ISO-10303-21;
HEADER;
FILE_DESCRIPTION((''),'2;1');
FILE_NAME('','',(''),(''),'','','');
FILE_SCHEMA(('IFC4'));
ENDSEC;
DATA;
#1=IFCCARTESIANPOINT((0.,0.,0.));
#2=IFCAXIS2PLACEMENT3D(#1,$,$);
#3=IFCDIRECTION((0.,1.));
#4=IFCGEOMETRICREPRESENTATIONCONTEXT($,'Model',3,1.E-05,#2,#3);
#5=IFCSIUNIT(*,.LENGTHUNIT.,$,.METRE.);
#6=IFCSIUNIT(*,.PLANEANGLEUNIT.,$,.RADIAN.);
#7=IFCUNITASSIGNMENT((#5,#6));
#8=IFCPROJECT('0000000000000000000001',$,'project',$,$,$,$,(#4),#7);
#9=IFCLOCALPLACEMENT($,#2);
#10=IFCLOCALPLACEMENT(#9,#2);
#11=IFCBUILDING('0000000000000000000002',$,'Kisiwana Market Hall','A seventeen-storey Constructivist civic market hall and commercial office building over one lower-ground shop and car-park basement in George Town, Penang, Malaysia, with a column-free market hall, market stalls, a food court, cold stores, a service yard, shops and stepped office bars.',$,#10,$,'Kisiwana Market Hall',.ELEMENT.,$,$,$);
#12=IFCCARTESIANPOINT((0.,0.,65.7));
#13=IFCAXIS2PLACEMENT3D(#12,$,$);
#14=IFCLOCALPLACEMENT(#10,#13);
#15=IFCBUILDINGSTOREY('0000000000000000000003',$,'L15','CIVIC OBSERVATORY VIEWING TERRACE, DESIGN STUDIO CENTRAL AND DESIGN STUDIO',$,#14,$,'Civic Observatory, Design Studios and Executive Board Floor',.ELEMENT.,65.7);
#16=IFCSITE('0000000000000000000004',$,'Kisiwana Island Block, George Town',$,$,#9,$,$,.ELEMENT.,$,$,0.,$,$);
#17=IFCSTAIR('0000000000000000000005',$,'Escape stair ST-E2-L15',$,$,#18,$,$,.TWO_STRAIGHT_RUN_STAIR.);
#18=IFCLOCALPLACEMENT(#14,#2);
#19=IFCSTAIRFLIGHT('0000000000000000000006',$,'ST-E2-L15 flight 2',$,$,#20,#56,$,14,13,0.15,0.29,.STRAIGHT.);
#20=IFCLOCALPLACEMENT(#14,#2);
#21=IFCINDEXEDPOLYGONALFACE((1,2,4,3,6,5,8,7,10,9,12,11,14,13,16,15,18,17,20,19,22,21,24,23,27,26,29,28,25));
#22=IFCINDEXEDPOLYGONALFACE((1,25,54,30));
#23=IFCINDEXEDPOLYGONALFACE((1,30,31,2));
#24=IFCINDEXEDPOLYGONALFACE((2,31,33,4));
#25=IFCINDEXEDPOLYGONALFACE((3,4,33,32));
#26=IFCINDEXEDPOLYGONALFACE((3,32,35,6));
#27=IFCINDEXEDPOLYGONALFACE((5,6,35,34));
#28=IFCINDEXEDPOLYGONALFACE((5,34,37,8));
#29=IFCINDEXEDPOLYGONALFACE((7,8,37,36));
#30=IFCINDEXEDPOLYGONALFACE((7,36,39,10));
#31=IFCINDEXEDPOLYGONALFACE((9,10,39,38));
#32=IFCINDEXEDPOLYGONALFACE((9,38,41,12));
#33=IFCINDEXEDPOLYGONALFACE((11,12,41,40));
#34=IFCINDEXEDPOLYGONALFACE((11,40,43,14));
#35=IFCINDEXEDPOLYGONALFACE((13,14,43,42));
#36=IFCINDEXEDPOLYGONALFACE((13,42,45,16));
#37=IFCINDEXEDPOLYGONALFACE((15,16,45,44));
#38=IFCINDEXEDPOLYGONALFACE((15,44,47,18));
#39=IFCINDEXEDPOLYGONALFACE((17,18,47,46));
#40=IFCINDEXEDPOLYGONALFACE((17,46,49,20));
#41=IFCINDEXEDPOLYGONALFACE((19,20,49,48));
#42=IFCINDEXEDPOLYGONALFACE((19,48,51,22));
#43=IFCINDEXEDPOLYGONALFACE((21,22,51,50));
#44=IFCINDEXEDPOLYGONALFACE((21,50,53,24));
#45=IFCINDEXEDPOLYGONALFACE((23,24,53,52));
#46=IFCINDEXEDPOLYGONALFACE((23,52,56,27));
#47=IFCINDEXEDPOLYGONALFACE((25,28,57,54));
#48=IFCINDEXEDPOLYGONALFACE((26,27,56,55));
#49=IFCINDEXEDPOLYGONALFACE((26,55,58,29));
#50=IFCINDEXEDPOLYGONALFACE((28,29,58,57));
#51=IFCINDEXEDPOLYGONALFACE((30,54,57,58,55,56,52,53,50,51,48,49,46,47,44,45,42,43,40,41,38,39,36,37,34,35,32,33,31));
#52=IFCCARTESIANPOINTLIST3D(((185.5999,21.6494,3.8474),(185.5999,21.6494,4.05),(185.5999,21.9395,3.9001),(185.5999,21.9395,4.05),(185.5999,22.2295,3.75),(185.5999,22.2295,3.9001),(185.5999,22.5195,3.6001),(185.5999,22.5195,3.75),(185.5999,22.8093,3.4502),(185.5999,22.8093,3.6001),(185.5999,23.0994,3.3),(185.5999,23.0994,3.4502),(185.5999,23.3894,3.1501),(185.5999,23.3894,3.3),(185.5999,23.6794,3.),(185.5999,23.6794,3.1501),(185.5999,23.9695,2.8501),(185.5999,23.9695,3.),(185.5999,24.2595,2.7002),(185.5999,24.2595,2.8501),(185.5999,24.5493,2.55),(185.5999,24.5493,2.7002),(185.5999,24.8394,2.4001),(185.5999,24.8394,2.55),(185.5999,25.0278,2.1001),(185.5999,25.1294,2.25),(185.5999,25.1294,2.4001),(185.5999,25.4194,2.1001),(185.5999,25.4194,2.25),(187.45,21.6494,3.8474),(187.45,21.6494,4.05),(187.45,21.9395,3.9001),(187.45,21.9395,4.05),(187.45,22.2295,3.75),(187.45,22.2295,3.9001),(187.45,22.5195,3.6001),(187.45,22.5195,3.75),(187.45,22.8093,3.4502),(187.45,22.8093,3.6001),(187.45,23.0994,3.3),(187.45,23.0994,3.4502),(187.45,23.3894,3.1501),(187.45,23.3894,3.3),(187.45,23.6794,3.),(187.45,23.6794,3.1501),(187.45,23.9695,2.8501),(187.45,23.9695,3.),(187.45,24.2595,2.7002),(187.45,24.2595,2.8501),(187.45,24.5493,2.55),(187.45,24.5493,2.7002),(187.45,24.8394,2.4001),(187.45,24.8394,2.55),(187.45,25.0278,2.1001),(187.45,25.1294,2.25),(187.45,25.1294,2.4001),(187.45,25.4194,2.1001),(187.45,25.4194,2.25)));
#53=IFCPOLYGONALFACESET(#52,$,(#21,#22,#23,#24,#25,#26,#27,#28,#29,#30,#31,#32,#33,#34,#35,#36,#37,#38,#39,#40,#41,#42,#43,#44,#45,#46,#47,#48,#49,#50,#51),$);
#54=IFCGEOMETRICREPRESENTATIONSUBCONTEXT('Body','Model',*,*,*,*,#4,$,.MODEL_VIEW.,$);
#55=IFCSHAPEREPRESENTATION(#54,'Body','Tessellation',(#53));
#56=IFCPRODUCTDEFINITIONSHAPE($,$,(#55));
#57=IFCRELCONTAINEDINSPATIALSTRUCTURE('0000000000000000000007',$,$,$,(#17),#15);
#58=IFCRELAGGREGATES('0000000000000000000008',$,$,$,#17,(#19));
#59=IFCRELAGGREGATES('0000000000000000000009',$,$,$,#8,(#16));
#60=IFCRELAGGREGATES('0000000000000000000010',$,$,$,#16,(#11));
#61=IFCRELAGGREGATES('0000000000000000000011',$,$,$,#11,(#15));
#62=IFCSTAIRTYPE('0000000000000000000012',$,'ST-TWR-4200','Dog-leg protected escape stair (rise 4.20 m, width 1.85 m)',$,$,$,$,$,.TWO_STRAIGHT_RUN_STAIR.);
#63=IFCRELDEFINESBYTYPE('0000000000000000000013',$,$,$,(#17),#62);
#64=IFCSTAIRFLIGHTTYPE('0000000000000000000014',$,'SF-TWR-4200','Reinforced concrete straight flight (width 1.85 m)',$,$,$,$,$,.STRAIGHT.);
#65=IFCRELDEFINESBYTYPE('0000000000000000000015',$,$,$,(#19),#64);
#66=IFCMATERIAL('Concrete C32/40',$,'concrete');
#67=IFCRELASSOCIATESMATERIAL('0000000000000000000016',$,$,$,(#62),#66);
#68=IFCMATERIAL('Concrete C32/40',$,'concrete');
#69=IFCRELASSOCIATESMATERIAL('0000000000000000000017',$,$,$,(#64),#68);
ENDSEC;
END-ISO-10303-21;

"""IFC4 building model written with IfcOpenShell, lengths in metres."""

from ifc_helpers import new_model, si_unit, direction, frame, origin, place, context, subcontext, project, spatial, polyline, outline, extrude, material, type_object, element, aggregate, save


model = new_model("IFC4")

# Units and contexts
model_context = context("Model", 3, precision=1e-05, world=origin(), true_north=direction((0.0, 1.0)))
body_context = subcontext(model_context, "Body", "Model", "MODEL_VIEW")
ifc_project = project(units=[si_unit("LENGTHUNIT", "METRE"), si_unit("PLANEANGLEUNIT", "RADIAN")], contexts=[model_context])

# Site, building, storey
site_placement = place(None, origin())
site = spatial("IfcSite", under=ifc_project, at=site_placement, Name="Kisiwana Island Block, George Town", CompositionType="ELEMENT", RefElevation=0.0)
building_placement = place(site_placement, origin())
building = spatial("IfcBuilding", under=site, at=building_placement, Name="Kisiwana Market Hall", Description="A seventeen-storey Constructivist civic market hall and commercial office building over one lower-ground shop and car-park basement in George Town, Penang, Malaysia, with a column-free market hall, market stalls, a food court, cold stores, a service yard, shops and stepped office bars.", LongName="Kisiwana Market Hall", CompositionType="ELEMENT")
storey_placement = place(building_placement, frame((0.0, 0.0, 65.7)))
storey = spatial("IfcBuildingStorey", under=building, at=storey_placement, Name="L15", Description="CIVIC OBSERVATORY VIEWING TERRACE, DESIGN STUDIO CENTRAL AND DESIGN STUDIO", LongName="Civic Observatory, Design Studios and Executive Board Floor", CompositionType="ELEMENT", Elevation=65.7)

# Stair, stair flight
ifc_material_1 = material(Name="Concrete C32/40", Category="concrete")
stair_type = type_object("IfcStairType", Name="ST-TWR-4200", Description="Dog-leg protected escape stair (rise 4.20 m, width 1.85 m)", PredefinedType="TWO_STRAIGHT_RUN_STAIR", material=ifc_material_1)
stair_placement = place(storey_placement, origin())
stair = element("IfcStair", 1, at=stair_placement, inside=storey, type_object=stair_type, Name="Escape stair ST-E2-L15", PredefinedType="TWO_STRAIGHT_RUN_STAIR")
ifc_material_2 = material(Name="Concrete C32/40", Category="concrete")
stair_flight_type = type_object("IfcStairFlightType", Name="SF-TWR-4200", Description="Reinforced concrete straight flight (width 1.85 m)", PredefinedType="STRAIGHT", material=ifc_material_2)
stair_flight_1_placement = place(storey_placement, frame((186.5249, 25.4194, 2.1001), z_axis=(0.0, 0.0, 1.0), x_axis=(0.0, -1.0, 0.0)))
stair_flight_1 = element("IfcStairFlight", 2, at=stair_flight_1_placement, type_object=stair_flight_type, Name="ST-E2-L15 flight 2", NumberOfRisers=14, NumberOfTreads=13, PredefinedType="STRAIGHT", RiserHeight=0.15, TreadLength=0.29, context=body_context, shape_type="SweptSolid", body=[
    extrude(outline(polyline([(0.0, 0.0), (0.0, 0.1499), (0.29, 0.1499), (0.29, 0.3), (0.5801, 0.3), (0.5801, 0.45), (0.8701, 0.45), (0.8701, 0.6001), (1.1599, 0.6001), (1.1599, 0.75), (1.45, 0.75), (1.45, 0.8999), (1.74, 0.8999), (1.74, 1.05), (2.03, 1.05), (2.03, 1.2), (2.3201, 1.2), (2.3201, 1.3501), (2.6101, 1.3501), (2.6101, 1.5), (2.8999, 1.5), (2.8999, 1.6499), (3.1899, 1.6499), (3.1899, 1.8), (3.48, 1.8), (3.48, 1.95), (3.77, 1.95), (3.77, 2.1001), (3.77, 1.7473), (0.3916, 0.0), (0.0, 0.0)])), frame((0.0, 0.925, 0.0), z_axis=(0.0, -1.0, 0.0), x_axis=(1.0, 0.0, 0.0)), (0.0, 0.0, 1.0), 1.8501),
])
aggregate(stair, [stair_flight_1])

save(model, "model.ifc")
